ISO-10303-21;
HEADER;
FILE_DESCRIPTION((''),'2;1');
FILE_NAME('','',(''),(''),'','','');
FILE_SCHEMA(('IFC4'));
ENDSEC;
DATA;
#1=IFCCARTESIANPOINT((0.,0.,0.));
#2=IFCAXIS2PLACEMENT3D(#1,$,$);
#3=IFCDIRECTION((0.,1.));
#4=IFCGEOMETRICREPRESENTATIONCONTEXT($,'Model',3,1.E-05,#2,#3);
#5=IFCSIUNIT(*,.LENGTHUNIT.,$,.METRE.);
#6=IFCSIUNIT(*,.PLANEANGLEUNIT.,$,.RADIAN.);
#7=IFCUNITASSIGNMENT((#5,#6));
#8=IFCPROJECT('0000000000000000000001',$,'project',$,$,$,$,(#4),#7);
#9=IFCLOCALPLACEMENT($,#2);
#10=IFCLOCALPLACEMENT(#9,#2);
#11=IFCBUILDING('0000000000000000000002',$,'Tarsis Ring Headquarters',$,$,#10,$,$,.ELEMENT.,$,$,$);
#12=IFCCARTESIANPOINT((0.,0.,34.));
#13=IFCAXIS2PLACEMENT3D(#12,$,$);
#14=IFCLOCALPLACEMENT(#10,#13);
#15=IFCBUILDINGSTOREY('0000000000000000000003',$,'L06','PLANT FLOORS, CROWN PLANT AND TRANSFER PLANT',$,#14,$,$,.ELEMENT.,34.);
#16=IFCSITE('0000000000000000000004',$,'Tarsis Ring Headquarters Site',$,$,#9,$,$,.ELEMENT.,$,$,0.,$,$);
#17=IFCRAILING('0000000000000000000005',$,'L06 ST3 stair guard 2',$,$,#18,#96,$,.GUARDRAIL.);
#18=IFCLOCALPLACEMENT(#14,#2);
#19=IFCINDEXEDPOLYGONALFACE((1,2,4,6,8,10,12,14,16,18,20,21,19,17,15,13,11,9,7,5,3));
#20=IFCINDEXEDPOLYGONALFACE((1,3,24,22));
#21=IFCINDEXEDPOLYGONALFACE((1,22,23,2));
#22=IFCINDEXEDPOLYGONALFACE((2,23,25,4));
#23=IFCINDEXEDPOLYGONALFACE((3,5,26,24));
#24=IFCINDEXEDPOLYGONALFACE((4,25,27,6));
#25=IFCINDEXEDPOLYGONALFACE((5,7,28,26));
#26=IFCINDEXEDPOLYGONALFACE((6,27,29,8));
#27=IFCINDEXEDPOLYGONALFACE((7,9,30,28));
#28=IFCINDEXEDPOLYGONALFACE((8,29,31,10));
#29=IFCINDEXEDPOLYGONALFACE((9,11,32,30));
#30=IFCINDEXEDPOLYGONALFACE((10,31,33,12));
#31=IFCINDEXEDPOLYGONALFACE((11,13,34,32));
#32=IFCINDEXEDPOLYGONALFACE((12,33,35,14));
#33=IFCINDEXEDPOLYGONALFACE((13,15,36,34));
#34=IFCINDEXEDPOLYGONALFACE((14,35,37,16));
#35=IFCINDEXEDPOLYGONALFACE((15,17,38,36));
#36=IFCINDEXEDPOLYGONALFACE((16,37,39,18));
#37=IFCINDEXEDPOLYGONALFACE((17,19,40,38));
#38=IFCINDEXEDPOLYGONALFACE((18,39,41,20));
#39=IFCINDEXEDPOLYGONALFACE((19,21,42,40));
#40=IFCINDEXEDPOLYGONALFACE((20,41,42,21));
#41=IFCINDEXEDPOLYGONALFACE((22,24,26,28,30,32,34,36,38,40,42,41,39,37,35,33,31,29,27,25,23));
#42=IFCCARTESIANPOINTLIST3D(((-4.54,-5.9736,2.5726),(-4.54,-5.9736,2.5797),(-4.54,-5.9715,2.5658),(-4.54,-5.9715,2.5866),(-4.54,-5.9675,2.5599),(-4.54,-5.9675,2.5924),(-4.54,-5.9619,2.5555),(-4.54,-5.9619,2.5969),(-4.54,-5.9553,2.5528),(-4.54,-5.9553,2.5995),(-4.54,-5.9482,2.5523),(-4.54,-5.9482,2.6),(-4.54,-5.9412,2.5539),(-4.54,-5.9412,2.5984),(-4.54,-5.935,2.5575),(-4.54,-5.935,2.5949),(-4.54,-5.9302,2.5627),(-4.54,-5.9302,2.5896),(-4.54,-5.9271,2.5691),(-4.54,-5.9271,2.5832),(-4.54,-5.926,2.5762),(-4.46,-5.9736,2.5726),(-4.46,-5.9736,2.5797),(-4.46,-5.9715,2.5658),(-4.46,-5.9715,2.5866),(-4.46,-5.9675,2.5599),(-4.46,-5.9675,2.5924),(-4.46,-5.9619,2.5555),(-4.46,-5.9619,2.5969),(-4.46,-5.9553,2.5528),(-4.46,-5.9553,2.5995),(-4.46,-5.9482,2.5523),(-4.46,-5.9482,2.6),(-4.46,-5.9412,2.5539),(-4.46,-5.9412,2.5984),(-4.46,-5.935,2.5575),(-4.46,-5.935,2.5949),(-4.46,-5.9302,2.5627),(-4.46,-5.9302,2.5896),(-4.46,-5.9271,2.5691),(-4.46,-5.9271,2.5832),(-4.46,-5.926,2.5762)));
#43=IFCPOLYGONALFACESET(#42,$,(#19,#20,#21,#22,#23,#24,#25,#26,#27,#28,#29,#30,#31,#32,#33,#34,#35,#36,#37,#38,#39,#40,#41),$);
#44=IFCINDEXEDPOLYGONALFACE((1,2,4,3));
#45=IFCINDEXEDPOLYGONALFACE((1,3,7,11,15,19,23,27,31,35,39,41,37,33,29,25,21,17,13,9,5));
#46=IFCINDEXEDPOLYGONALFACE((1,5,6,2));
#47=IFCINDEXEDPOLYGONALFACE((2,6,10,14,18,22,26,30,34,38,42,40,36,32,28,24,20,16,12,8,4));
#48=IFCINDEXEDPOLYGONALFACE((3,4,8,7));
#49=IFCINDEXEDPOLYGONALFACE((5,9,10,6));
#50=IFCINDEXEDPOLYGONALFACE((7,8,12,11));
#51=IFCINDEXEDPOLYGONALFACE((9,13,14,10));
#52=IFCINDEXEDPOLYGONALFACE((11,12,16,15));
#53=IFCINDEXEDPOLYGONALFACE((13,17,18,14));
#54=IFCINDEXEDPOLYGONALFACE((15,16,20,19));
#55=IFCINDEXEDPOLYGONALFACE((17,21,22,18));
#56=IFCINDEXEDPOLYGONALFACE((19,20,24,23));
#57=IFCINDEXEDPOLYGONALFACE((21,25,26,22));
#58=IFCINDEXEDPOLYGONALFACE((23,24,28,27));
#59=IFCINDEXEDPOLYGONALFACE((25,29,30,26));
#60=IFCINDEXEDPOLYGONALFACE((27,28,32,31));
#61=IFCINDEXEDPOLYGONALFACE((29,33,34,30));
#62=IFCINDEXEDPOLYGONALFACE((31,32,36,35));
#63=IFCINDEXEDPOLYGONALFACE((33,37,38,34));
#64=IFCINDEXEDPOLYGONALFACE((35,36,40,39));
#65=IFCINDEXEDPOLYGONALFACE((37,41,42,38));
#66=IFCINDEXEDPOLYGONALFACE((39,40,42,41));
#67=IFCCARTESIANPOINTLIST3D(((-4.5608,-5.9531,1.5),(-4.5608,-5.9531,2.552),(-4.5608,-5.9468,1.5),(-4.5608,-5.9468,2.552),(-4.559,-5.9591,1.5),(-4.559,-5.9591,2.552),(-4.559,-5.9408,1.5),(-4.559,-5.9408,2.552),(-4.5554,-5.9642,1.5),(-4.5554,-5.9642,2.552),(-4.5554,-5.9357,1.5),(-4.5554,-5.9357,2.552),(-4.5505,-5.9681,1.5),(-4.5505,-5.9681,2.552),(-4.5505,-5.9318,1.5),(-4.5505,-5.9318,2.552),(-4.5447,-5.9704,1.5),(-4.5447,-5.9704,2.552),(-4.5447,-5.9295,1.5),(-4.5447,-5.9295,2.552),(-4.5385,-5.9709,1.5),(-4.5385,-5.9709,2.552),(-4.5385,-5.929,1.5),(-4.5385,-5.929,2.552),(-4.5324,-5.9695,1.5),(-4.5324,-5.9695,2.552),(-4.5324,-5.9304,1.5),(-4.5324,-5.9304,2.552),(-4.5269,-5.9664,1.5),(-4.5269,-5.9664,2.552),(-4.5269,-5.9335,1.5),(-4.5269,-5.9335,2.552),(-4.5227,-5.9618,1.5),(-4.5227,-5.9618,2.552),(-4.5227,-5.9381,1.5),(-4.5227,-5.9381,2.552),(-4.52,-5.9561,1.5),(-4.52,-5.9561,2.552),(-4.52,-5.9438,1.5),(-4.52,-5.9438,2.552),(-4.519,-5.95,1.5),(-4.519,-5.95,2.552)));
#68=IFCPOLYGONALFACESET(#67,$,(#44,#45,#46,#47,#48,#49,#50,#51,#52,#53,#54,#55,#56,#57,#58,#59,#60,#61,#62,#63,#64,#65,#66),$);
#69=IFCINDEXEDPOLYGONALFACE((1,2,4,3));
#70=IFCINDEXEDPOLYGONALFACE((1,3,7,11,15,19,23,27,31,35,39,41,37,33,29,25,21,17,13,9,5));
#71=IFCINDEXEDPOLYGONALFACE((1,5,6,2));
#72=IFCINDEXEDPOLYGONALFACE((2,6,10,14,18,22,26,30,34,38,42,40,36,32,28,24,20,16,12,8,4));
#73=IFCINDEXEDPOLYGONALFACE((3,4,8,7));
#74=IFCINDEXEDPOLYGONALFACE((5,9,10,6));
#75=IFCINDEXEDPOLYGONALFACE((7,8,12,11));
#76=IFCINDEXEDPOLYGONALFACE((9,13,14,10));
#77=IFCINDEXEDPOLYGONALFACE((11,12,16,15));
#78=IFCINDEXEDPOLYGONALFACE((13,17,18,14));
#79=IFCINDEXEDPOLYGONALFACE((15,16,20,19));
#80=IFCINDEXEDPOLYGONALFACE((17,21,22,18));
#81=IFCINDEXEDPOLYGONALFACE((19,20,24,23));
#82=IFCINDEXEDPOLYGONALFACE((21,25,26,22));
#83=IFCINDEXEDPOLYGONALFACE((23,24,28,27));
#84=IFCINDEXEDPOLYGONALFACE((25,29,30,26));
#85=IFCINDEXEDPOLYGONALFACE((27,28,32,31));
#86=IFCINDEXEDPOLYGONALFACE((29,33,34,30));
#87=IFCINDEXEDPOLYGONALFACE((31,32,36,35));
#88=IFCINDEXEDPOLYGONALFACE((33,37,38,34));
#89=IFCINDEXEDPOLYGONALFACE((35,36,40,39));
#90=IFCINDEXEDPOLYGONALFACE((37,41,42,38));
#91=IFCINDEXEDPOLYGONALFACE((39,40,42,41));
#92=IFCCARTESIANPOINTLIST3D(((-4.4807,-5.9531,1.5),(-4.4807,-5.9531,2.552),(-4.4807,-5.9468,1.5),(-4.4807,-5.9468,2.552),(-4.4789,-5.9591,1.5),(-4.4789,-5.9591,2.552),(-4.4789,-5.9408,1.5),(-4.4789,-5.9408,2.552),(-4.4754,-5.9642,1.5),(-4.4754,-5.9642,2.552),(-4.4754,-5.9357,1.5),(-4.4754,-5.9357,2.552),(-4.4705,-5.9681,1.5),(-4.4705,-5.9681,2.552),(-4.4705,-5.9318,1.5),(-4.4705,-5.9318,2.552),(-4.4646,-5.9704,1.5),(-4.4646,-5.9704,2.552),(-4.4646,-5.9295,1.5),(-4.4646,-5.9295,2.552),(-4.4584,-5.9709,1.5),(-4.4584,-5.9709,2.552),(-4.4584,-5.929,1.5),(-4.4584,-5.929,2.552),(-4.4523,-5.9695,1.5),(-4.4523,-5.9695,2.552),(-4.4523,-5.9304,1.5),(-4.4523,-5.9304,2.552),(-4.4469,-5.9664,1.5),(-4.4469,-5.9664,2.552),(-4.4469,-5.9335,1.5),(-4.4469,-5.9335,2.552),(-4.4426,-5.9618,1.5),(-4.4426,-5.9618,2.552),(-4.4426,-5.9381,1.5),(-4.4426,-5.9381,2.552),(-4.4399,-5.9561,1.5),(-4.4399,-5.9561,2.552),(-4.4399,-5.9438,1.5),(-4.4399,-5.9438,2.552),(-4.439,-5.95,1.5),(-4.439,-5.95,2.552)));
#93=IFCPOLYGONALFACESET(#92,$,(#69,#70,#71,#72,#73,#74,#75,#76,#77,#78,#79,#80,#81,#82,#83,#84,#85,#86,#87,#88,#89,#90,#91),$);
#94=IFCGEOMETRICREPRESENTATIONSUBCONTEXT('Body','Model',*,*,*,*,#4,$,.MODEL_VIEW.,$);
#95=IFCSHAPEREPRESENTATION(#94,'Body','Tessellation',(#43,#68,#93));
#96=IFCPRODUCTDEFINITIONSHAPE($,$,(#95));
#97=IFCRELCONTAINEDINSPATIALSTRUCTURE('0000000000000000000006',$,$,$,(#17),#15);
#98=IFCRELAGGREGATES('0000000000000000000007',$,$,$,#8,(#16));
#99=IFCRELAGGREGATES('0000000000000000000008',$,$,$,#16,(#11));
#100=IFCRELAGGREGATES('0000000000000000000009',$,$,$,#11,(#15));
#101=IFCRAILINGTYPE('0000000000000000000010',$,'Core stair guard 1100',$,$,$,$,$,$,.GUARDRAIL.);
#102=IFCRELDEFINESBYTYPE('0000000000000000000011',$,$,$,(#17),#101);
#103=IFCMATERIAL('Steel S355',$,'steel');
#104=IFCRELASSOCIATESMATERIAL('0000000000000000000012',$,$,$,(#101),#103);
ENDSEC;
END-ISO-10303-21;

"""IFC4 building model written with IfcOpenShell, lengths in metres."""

from ifc_helpers import new_model, si_unit, direction, frame, origin, origin_2d, place, context, subcontext, project, spatial, circle, extrude, material, type_object, element, save


model = new_model("IFC4")

# Units and contexts
model_context = context("Model", 3, precision=1e-05, world=origin(), true_north=direction((0.0, 1.0)))
body_context = subcontext(model_context, "Body", "Model", "MODEL_VIEW")
ifc_project = project(units=[si_unit("LENGTHUNIT", "METRE"), si_unit("PLANEANGLEUNIT", "RADIAN")], contexts=[model_context])

# Site, building, storey
site_placement = place(None, origin())
site = spatial("IfcSite", under=ifc_project, at=site_placement, Name="Tarsis Ring Headquarters Site", CompositionType="ELEMENT", RefElevation=0.0)
building_placement = place(site_placement, origin())
building = spatial("IfcBuilding", under=site, at=building_placement, Name="Tarsis Ring Headquarters", CompositionType="ELEMENT")
storey_placement = place(building_placement, frame((0.0, 0.0, 34.0)))
storey = spatial("IfcBuildingStorey", under=building, at=storey_placement, Name="L06", Description="PLANT FLOORS, CROWN PLANT AND TRANSFER PLANT", CompositionType="ELEMENT", Elevation=34.0)

# Shared definitions
ifc_material_1 = material(Name="Steel S355", Category="steel")

# Railing
railing_type_1 = type_object("IfcRailingType", Name="Core stair guard 1100", PredefinedType="GUARDRAIL", material=ifc_material_1)
railing_1_placement = place(storey_placement, frame((-4.54, -5.95, 1.5)))
element("IfcRailing", 1, at=railing_1_placement, inside=storey, type_object=railing_type_1, Name="L06 ST3 stair guard 2", PredefinedType="GUARDRAIL", context=body_context, shape_type="SweptSolid", body=[
    extrude(circle(Radius=0.0239, at=origin_2d()), frame((0.0, 0.0, 1.0762), z_axis=(1.0, 0.0, 0.0), x_axis=(0.0, 1.0, 0.0)), (0.0, 0.0, 1.0), 0.0801),
    extrude(circle(Radius=0.021, at=origin_2d()), origin(), (0.0, 0.0, 1.0), 1.052),
    extrude(circle(Radius=0.021, at=origin_2d()), frame((0.0801, 0.0, 0.0)), (0.0, 0.0, 1.0), 1.052),
])

save(model, "model.ifc")
